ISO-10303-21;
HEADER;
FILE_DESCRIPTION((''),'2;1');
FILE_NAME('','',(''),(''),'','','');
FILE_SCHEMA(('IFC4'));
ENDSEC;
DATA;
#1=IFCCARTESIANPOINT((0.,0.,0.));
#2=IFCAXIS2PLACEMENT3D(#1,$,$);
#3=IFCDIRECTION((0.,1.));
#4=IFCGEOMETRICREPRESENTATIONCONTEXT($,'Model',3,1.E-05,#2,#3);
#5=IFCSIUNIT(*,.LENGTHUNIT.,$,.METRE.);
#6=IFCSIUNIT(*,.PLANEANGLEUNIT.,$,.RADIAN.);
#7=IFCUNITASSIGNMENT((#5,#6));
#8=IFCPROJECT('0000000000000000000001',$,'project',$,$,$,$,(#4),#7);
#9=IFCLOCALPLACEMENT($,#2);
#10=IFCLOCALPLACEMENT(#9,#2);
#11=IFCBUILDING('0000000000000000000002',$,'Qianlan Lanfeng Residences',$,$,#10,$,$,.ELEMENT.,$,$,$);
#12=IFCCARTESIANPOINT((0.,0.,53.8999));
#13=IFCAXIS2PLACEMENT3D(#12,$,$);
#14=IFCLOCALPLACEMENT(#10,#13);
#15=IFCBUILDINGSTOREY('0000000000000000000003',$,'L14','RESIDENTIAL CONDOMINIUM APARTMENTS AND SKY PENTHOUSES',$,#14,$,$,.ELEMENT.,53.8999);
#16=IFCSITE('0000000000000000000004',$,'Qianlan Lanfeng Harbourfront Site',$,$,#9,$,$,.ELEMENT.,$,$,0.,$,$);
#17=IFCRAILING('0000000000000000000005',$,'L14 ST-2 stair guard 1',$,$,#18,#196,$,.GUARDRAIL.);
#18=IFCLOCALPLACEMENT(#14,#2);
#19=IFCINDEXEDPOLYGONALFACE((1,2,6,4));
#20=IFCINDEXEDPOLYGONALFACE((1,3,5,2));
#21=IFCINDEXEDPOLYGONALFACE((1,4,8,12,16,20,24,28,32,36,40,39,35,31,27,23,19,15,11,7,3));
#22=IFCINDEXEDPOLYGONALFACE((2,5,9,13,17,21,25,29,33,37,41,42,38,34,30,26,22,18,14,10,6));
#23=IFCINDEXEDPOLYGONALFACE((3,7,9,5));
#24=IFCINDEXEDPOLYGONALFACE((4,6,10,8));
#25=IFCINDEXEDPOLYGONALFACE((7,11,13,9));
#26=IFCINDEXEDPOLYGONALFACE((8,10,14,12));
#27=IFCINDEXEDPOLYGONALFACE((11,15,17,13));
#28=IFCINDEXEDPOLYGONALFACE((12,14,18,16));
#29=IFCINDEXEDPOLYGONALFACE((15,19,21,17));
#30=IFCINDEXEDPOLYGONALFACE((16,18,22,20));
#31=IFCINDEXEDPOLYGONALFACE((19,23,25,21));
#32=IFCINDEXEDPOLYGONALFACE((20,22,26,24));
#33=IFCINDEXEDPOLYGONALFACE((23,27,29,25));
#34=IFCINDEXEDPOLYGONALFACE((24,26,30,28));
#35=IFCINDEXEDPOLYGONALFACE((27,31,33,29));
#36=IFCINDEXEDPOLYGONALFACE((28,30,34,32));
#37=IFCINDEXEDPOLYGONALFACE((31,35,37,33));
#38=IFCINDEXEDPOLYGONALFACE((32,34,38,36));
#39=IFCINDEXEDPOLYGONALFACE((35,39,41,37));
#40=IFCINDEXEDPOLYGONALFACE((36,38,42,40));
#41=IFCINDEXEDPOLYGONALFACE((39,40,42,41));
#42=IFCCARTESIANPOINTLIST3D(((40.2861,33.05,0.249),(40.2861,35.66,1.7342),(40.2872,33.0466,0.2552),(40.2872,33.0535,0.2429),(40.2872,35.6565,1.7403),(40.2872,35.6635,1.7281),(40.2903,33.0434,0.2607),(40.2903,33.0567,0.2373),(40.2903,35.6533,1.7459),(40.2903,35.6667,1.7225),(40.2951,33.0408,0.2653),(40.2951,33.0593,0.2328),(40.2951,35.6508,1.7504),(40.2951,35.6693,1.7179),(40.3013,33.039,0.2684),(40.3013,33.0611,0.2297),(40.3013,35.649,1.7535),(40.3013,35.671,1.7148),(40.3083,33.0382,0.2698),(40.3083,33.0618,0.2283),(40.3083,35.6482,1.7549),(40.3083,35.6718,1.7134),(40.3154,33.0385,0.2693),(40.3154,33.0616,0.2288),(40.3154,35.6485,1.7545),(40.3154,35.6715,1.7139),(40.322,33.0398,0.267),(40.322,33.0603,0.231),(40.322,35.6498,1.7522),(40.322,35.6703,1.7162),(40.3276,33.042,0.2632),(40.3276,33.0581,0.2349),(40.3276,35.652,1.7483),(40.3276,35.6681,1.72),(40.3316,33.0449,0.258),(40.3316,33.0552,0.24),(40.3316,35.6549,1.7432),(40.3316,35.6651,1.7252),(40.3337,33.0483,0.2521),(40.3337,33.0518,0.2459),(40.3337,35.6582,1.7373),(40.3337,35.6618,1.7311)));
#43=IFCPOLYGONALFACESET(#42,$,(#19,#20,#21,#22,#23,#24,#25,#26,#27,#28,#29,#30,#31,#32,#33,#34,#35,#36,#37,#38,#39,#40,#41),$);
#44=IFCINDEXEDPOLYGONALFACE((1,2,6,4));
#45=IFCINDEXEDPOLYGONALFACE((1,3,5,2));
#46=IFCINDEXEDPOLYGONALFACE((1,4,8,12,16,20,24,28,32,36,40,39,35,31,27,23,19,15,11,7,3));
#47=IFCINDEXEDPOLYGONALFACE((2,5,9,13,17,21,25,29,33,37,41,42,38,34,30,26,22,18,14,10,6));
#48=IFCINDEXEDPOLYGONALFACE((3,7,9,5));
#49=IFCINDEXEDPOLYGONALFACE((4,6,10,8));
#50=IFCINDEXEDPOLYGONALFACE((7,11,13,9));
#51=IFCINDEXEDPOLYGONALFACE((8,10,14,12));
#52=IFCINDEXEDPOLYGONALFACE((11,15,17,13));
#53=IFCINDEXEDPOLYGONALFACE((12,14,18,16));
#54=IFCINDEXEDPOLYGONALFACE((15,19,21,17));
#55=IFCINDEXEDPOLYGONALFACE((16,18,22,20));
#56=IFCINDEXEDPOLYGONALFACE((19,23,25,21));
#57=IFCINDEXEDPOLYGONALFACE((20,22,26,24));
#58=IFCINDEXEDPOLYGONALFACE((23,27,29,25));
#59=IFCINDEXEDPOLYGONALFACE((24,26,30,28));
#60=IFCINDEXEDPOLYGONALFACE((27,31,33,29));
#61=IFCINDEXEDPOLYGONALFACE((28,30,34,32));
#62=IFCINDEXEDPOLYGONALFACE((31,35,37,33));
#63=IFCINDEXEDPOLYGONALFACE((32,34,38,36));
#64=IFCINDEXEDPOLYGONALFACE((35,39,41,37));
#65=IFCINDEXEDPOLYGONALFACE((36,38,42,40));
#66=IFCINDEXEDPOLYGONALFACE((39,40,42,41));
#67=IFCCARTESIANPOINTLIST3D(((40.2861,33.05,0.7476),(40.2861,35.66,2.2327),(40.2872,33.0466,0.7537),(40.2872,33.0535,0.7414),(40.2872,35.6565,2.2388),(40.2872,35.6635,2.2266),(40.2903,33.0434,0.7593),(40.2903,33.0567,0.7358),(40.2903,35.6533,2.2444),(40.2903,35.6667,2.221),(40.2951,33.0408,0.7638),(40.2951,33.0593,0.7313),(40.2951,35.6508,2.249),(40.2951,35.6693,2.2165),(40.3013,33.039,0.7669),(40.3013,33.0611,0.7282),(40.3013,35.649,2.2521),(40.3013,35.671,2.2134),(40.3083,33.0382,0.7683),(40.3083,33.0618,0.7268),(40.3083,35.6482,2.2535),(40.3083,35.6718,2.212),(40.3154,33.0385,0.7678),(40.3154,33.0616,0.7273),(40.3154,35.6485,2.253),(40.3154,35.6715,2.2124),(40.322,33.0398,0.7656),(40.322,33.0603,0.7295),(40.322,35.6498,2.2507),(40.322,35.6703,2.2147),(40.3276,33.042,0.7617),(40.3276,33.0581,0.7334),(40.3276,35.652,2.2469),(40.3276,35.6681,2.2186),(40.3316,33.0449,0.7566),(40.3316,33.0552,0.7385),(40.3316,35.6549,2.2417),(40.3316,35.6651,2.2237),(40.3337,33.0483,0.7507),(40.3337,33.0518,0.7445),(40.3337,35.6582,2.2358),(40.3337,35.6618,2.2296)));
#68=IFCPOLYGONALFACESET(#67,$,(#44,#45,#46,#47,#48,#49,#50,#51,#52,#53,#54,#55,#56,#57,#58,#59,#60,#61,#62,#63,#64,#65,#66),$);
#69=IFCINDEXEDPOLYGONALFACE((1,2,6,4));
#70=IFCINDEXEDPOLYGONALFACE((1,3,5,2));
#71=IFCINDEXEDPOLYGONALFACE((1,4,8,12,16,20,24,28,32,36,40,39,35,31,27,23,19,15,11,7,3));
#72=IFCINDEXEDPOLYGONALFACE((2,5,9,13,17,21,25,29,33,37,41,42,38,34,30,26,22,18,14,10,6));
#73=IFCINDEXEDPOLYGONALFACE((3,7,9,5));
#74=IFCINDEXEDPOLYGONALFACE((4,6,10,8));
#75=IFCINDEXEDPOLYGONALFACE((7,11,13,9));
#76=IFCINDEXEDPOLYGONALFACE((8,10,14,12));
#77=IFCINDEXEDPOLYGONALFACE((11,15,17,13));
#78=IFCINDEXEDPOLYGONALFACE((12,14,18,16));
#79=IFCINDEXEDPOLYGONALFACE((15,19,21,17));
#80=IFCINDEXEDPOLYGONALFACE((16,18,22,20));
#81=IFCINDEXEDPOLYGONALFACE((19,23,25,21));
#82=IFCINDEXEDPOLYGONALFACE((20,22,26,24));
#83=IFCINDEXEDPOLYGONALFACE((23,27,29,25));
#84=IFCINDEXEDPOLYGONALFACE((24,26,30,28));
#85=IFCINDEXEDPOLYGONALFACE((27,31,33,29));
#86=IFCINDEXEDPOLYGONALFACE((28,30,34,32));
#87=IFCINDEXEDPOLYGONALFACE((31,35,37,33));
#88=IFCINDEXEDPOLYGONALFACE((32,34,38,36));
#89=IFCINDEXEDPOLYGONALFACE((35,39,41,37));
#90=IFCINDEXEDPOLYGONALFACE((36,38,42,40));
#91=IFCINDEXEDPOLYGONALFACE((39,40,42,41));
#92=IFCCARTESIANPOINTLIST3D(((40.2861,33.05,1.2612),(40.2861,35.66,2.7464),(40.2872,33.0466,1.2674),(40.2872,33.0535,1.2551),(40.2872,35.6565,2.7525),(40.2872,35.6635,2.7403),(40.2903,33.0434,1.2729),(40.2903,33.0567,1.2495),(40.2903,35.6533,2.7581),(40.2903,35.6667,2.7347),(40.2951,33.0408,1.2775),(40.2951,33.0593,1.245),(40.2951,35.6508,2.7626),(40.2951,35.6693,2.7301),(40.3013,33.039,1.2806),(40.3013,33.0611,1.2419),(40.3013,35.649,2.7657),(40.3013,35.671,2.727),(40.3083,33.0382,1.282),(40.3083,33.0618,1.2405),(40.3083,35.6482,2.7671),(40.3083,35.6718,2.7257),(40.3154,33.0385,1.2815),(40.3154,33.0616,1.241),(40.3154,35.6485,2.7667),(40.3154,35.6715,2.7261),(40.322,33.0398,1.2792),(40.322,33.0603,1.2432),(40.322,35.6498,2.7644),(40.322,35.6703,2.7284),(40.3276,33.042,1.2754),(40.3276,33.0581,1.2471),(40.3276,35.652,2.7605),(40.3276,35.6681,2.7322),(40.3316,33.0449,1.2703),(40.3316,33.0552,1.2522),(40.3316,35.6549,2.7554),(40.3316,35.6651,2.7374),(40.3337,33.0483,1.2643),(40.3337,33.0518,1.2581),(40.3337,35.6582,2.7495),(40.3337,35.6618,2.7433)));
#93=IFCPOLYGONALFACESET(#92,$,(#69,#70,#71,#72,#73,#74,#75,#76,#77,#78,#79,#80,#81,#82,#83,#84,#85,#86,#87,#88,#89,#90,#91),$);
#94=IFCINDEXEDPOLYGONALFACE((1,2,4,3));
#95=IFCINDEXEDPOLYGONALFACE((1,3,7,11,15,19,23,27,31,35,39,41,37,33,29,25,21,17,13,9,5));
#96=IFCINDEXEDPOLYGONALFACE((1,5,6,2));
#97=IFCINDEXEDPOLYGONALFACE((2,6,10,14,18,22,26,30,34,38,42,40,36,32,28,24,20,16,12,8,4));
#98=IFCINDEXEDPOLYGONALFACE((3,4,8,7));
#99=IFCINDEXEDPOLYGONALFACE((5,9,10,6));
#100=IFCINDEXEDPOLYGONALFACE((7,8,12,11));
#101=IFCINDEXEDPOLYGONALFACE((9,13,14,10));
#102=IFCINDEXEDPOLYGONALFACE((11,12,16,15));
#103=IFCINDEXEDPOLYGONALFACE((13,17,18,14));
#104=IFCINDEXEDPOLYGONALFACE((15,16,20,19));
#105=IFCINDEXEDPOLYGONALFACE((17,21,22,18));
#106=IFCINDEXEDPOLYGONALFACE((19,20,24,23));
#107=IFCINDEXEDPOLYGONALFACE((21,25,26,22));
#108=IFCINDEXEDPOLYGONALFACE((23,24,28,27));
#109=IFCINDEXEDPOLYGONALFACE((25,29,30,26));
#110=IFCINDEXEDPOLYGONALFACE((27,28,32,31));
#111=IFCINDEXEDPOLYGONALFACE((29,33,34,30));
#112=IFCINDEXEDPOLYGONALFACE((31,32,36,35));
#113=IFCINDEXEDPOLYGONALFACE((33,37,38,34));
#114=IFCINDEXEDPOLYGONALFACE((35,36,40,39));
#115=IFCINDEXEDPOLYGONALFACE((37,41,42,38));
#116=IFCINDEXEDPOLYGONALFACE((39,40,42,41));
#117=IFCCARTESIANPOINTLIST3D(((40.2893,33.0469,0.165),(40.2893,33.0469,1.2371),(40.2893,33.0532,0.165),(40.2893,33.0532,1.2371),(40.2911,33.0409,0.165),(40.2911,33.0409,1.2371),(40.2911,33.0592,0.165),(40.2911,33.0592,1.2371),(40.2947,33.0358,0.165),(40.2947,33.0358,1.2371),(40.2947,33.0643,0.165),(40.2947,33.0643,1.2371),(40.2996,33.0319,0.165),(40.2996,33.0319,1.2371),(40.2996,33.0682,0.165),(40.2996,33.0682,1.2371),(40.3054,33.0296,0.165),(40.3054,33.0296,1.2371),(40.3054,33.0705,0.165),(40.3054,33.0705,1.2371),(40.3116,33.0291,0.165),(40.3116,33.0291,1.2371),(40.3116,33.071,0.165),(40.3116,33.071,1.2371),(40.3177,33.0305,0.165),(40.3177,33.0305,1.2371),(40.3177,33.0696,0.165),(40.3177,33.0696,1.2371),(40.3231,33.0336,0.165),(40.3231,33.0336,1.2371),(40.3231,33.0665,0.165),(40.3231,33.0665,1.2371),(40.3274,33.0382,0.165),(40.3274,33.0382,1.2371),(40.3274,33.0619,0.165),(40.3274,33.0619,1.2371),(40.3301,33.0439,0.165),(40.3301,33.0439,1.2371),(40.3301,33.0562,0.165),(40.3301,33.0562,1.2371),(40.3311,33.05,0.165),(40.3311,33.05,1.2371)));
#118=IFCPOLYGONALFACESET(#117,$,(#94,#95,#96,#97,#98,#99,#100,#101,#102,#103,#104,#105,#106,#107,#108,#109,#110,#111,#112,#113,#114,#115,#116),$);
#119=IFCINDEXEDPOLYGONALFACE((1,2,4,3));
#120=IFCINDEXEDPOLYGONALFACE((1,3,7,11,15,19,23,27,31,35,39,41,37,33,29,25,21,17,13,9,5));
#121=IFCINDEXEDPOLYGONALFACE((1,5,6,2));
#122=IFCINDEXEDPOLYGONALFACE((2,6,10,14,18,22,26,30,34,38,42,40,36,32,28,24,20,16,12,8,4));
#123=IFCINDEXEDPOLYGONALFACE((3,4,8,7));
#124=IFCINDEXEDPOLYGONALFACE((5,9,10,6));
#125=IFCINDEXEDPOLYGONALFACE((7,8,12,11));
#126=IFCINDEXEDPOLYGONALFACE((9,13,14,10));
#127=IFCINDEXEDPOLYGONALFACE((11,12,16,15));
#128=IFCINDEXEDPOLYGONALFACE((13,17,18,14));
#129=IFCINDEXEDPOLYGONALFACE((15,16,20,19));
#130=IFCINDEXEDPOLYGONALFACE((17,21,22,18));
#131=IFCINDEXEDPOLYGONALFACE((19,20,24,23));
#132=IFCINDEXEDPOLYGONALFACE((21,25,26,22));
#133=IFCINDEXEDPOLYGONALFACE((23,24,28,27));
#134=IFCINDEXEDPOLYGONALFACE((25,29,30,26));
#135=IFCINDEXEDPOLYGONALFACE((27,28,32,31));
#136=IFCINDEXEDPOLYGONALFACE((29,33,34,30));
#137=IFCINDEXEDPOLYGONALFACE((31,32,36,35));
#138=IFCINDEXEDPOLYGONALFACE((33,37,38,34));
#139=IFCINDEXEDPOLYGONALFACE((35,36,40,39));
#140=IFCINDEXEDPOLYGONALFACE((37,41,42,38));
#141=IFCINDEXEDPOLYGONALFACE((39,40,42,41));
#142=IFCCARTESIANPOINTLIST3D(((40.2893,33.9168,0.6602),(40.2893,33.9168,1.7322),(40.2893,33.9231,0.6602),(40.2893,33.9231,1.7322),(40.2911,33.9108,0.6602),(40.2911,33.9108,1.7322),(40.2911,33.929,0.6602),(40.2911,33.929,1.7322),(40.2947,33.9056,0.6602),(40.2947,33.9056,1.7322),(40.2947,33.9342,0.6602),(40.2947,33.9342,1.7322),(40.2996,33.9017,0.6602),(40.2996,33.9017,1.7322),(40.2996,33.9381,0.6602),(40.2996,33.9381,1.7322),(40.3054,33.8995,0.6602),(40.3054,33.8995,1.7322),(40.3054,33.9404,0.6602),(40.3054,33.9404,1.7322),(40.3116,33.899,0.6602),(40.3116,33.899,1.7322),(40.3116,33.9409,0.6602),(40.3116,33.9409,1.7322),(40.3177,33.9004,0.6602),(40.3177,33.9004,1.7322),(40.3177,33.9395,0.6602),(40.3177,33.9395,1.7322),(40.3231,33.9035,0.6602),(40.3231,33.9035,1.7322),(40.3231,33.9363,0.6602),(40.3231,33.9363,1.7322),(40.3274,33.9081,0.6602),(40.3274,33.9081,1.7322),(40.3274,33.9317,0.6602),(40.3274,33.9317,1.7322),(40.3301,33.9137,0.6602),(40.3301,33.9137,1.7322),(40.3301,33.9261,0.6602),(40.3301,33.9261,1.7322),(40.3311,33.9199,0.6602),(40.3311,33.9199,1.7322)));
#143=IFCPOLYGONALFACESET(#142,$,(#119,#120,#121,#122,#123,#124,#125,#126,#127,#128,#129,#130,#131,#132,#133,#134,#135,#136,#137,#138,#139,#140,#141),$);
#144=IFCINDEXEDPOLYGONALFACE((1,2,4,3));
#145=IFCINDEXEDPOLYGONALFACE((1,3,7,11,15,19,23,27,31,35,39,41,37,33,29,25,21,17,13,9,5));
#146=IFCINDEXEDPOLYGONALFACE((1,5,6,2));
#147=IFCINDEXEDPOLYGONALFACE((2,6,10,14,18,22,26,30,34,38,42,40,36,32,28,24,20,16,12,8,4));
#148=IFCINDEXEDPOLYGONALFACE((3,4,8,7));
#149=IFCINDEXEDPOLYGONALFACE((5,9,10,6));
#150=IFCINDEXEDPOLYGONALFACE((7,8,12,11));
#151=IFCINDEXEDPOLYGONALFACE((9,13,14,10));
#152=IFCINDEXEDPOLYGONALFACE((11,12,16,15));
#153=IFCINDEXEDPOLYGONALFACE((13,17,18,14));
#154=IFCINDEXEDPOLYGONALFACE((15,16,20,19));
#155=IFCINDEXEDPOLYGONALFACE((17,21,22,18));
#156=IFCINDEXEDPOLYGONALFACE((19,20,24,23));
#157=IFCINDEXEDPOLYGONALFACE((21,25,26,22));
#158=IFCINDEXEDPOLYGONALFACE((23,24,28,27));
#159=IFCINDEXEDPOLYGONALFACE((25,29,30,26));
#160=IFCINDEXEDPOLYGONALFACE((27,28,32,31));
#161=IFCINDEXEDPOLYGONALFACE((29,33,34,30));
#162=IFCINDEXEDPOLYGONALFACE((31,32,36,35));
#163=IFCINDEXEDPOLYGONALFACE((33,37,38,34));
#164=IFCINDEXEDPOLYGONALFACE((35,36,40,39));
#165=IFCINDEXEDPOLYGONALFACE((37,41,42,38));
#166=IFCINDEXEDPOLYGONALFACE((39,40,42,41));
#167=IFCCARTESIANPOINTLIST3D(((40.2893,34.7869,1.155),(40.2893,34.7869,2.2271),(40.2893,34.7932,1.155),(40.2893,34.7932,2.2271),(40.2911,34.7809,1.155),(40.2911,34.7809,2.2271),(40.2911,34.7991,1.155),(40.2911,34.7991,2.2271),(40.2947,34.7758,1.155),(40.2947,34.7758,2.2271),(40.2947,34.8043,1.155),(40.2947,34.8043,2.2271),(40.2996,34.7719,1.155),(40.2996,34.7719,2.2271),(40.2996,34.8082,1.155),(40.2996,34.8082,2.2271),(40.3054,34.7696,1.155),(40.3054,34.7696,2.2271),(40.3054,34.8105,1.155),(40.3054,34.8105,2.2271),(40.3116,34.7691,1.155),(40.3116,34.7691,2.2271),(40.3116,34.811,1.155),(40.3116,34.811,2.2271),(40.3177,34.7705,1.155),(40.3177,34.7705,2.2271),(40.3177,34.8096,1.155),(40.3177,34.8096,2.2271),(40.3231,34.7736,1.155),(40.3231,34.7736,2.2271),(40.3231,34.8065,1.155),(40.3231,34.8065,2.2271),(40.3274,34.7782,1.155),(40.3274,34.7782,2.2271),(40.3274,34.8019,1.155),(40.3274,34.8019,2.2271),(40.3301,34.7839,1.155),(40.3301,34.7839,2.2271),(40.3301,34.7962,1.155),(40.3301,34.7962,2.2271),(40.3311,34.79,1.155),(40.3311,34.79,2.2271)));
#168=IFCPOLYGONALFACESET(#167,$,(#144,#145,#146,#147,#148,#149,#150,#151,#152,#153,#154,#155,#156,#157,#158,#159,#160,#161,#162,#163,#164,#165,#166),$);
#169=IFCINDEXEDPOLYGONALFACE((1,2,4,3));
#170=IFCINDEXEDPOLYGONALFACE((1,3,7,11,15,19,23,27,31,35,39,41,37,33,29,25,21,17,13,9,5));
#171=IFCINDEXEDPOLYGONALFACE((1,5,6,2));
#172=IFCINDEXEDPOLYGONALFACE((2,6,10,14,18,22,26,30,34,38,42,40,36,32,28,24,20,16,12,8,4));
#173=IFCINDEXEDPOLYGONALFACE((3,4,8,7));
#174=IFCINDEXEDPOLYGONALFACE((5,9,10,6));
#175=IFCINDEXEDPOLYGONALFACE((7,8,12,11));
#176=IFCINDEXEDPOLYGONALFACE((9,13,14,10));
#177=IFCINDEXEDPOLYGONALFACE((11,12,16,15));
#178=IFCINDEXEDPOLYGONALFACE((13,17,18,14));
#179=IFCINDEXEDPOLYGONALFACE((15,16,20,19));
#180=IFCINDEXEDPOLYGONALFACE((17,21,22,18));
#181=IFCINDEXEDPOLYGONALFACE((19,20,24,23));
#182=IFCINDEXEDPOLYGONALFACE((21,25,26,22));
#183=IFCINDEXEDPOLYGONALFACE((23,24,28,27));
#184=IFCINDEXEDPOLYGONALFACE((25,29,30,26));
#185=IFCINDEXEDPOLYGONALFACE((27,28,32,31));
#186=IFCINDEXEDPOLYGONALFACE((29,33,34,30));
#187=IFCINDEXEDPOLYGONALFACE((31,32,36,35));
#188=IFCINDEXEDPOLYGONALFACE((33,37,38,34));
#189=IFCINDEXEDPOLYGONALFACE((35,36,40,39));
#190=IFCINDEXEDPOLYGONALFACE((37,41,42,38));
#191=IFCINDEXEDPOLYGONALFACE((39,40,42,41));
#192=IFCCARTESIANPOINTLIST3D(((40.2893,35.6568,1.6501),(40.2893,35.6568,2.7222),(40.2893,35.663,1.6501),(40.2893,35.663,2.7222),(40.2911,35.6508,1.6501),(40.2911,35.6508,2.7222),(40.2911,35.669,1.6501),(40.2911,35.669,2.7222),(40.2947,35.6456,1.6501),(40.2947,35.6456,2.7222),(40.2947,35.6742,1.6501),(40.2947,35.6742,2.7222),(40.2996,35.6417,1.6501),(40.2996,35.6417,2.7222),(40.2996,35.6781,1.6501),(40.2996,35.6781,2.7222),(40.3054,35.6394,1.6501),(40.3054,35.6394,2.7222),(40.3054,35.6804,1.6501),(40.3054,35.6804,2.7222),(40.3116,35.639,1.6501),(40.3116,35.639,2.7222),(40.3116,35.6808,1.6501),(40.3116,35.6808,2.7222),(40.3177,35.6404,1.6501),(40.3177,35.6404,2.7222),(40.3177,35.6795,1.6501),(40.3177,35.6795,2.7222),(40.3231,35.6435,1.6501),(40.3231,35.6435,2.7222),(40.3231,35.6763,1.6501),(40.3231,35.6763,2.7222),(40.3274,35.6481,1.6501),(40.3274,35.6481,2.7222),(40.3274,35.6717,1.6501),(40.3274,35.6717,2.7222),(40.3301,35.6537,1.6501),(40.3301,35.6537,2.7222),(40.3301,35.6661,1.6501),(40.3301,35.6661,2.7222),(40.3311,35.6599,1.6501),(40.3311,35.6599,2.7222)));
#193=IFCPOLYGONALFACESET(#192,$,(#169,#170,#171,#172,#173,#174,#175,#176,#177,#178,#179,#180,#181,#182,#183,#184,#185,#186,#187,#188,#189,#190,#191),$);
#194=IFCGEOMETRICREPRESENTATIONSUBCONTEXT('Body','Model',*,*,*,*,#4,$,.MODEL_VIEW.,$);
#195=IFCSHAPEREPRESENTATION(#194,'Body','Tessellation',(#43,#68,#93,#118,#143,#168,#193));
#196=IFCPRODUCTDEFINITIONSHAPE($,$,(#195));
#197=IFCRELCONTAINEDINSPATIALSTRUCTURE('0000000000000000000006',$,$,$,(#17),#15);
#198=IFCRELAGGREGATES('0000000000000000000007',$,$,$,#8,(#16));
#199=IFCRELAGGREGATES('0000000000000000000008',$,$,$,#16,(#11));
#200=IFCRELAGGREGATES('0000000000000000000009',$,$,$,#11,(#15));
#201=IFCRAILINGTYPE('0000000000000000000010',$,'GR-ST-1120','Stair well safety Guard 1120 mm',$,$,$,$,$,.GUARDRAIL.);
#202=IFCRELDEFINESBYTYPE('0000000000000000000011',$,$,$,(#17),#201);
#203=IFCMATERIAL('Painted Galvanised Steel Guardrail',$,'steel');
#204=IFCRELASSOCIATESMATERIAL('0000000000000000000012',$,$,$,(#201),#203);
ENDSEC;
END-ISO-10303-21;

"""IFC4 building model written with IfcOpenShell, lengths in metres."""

from ifc_helpers import new_model, si_unit, direction, frame, origin, origin_2d, place, context, subcontext, project, spatial, circle, extrude, material, type_object, element, save


model = new_model("IFC4")

# Units and contexts
model_context = context("Model", 3, precision=1e-05, world=origin(), true_north=direction((0.0, 1.0)))
body_context = subcontext(model_context, "Body", "Model", "MODEL_VIEW")
ifc_project = project(units=[si_unit("LENGTHUNIT", "METRE"), si_unit("PLANEANGLEUNIT", "RADIAN")], contexts=[model_context])

# Site, building, storey
site_placement = place(None, origin())
site = spatial("IfcSite", under=ifc_project, at=site_placement, Name="Qianlan Lanfeng Harbourfront Site", CompositionType="ELEMENT", RefElevation=0.0)
building_placement = place(site_placement, origin())
building = spatial("IfcBuilding", under=site, at=building_placement, Name="Qianlan Lanfeng Residences", CompositionType="ELEMENT")
storey_placement = place(building_placement, frame((0.0, 0.0, 53.8999)))
storey = spatial("IfcBuildingStorey", under=building, at=storey_placement, Name="L14", Description="RESIDENTIAL CONDOMINIUM APARTMENTS AND SKY PENTHOUSES", CompositionType="ELEMENT", Elevation=53.8999)

# Railing
ifc_material_1 = material(Name="Painted Galvanised Steel Guardrail", Category="steel")
railing_type_1 = type_object("IfcRailingType", Name="GR-ST-1120", Description="Stair well safety Guard 1120 mm", PredefinedType="GUARDRAIL", material=ifc_material_1)
railing_1_placement = place(storey_placement, frame((40.3101, 33.05, 0.165)))
element("IfcRailing", 1, at=railing_1_placement, inside=storey, type_object=railing_type_1, Name="L14 ST-2 stair guard 1", PredefinedType="GUARDRAIL", context=body_context, shape_type="SweptSolid", body=[
    extrude(circle(Radius=0.0239, at=origin_2d()), frame((0.0, 0.0, 0.084), z_axis=(0.0, 0.869137, 0.494571), x_axis=(-1.0, 0.0, 0.0)), (0.0, 0.0, 1.0), 3.0029),
    extrude(circle(Radius=0.0239, at=origin_2d()), frame((0.0, 0.0, 0.5825), z_axis=(0.0, 0.869137, 0.494571), x_axis=(-1.0, 0.0, 0.0)), (0.0, 0.0, 1.0), 3.0029),
    extrude(circle(Radius=0.0239, at=origin_2d()), frame((0.0, 0.0, 1.0962), z_axis=(0.0, 0.869137, 0.494571), x_axis=(-1.0, 0.0, 0.0)), (0.0, 0.0, 1.0), 3.0029),
    extrude(circle(Radius=0.021, at=origin_2d()), origin(), (0.0, 0.0, 1.0), 1.072),
    extrude(circle(Radius=0.021, at=origin_2d()), frame((0.0, 0.8699, 0.4951)), (0.0, 0.0, 1.0), 1.072),
    extrude(circle(Radius=0.021, at=origin_2d()), frame((0.0, 1.74, 0.99)), (0.0, 0.0, 1.0), 1.072),
    extrude(circle(Radius=0.021, at=origin_2d()), frame((0.0, 2.6099, 1.4851)), (0.0, 0.0, 1.0), 1.072),
])

save(model, "model.ifc")
